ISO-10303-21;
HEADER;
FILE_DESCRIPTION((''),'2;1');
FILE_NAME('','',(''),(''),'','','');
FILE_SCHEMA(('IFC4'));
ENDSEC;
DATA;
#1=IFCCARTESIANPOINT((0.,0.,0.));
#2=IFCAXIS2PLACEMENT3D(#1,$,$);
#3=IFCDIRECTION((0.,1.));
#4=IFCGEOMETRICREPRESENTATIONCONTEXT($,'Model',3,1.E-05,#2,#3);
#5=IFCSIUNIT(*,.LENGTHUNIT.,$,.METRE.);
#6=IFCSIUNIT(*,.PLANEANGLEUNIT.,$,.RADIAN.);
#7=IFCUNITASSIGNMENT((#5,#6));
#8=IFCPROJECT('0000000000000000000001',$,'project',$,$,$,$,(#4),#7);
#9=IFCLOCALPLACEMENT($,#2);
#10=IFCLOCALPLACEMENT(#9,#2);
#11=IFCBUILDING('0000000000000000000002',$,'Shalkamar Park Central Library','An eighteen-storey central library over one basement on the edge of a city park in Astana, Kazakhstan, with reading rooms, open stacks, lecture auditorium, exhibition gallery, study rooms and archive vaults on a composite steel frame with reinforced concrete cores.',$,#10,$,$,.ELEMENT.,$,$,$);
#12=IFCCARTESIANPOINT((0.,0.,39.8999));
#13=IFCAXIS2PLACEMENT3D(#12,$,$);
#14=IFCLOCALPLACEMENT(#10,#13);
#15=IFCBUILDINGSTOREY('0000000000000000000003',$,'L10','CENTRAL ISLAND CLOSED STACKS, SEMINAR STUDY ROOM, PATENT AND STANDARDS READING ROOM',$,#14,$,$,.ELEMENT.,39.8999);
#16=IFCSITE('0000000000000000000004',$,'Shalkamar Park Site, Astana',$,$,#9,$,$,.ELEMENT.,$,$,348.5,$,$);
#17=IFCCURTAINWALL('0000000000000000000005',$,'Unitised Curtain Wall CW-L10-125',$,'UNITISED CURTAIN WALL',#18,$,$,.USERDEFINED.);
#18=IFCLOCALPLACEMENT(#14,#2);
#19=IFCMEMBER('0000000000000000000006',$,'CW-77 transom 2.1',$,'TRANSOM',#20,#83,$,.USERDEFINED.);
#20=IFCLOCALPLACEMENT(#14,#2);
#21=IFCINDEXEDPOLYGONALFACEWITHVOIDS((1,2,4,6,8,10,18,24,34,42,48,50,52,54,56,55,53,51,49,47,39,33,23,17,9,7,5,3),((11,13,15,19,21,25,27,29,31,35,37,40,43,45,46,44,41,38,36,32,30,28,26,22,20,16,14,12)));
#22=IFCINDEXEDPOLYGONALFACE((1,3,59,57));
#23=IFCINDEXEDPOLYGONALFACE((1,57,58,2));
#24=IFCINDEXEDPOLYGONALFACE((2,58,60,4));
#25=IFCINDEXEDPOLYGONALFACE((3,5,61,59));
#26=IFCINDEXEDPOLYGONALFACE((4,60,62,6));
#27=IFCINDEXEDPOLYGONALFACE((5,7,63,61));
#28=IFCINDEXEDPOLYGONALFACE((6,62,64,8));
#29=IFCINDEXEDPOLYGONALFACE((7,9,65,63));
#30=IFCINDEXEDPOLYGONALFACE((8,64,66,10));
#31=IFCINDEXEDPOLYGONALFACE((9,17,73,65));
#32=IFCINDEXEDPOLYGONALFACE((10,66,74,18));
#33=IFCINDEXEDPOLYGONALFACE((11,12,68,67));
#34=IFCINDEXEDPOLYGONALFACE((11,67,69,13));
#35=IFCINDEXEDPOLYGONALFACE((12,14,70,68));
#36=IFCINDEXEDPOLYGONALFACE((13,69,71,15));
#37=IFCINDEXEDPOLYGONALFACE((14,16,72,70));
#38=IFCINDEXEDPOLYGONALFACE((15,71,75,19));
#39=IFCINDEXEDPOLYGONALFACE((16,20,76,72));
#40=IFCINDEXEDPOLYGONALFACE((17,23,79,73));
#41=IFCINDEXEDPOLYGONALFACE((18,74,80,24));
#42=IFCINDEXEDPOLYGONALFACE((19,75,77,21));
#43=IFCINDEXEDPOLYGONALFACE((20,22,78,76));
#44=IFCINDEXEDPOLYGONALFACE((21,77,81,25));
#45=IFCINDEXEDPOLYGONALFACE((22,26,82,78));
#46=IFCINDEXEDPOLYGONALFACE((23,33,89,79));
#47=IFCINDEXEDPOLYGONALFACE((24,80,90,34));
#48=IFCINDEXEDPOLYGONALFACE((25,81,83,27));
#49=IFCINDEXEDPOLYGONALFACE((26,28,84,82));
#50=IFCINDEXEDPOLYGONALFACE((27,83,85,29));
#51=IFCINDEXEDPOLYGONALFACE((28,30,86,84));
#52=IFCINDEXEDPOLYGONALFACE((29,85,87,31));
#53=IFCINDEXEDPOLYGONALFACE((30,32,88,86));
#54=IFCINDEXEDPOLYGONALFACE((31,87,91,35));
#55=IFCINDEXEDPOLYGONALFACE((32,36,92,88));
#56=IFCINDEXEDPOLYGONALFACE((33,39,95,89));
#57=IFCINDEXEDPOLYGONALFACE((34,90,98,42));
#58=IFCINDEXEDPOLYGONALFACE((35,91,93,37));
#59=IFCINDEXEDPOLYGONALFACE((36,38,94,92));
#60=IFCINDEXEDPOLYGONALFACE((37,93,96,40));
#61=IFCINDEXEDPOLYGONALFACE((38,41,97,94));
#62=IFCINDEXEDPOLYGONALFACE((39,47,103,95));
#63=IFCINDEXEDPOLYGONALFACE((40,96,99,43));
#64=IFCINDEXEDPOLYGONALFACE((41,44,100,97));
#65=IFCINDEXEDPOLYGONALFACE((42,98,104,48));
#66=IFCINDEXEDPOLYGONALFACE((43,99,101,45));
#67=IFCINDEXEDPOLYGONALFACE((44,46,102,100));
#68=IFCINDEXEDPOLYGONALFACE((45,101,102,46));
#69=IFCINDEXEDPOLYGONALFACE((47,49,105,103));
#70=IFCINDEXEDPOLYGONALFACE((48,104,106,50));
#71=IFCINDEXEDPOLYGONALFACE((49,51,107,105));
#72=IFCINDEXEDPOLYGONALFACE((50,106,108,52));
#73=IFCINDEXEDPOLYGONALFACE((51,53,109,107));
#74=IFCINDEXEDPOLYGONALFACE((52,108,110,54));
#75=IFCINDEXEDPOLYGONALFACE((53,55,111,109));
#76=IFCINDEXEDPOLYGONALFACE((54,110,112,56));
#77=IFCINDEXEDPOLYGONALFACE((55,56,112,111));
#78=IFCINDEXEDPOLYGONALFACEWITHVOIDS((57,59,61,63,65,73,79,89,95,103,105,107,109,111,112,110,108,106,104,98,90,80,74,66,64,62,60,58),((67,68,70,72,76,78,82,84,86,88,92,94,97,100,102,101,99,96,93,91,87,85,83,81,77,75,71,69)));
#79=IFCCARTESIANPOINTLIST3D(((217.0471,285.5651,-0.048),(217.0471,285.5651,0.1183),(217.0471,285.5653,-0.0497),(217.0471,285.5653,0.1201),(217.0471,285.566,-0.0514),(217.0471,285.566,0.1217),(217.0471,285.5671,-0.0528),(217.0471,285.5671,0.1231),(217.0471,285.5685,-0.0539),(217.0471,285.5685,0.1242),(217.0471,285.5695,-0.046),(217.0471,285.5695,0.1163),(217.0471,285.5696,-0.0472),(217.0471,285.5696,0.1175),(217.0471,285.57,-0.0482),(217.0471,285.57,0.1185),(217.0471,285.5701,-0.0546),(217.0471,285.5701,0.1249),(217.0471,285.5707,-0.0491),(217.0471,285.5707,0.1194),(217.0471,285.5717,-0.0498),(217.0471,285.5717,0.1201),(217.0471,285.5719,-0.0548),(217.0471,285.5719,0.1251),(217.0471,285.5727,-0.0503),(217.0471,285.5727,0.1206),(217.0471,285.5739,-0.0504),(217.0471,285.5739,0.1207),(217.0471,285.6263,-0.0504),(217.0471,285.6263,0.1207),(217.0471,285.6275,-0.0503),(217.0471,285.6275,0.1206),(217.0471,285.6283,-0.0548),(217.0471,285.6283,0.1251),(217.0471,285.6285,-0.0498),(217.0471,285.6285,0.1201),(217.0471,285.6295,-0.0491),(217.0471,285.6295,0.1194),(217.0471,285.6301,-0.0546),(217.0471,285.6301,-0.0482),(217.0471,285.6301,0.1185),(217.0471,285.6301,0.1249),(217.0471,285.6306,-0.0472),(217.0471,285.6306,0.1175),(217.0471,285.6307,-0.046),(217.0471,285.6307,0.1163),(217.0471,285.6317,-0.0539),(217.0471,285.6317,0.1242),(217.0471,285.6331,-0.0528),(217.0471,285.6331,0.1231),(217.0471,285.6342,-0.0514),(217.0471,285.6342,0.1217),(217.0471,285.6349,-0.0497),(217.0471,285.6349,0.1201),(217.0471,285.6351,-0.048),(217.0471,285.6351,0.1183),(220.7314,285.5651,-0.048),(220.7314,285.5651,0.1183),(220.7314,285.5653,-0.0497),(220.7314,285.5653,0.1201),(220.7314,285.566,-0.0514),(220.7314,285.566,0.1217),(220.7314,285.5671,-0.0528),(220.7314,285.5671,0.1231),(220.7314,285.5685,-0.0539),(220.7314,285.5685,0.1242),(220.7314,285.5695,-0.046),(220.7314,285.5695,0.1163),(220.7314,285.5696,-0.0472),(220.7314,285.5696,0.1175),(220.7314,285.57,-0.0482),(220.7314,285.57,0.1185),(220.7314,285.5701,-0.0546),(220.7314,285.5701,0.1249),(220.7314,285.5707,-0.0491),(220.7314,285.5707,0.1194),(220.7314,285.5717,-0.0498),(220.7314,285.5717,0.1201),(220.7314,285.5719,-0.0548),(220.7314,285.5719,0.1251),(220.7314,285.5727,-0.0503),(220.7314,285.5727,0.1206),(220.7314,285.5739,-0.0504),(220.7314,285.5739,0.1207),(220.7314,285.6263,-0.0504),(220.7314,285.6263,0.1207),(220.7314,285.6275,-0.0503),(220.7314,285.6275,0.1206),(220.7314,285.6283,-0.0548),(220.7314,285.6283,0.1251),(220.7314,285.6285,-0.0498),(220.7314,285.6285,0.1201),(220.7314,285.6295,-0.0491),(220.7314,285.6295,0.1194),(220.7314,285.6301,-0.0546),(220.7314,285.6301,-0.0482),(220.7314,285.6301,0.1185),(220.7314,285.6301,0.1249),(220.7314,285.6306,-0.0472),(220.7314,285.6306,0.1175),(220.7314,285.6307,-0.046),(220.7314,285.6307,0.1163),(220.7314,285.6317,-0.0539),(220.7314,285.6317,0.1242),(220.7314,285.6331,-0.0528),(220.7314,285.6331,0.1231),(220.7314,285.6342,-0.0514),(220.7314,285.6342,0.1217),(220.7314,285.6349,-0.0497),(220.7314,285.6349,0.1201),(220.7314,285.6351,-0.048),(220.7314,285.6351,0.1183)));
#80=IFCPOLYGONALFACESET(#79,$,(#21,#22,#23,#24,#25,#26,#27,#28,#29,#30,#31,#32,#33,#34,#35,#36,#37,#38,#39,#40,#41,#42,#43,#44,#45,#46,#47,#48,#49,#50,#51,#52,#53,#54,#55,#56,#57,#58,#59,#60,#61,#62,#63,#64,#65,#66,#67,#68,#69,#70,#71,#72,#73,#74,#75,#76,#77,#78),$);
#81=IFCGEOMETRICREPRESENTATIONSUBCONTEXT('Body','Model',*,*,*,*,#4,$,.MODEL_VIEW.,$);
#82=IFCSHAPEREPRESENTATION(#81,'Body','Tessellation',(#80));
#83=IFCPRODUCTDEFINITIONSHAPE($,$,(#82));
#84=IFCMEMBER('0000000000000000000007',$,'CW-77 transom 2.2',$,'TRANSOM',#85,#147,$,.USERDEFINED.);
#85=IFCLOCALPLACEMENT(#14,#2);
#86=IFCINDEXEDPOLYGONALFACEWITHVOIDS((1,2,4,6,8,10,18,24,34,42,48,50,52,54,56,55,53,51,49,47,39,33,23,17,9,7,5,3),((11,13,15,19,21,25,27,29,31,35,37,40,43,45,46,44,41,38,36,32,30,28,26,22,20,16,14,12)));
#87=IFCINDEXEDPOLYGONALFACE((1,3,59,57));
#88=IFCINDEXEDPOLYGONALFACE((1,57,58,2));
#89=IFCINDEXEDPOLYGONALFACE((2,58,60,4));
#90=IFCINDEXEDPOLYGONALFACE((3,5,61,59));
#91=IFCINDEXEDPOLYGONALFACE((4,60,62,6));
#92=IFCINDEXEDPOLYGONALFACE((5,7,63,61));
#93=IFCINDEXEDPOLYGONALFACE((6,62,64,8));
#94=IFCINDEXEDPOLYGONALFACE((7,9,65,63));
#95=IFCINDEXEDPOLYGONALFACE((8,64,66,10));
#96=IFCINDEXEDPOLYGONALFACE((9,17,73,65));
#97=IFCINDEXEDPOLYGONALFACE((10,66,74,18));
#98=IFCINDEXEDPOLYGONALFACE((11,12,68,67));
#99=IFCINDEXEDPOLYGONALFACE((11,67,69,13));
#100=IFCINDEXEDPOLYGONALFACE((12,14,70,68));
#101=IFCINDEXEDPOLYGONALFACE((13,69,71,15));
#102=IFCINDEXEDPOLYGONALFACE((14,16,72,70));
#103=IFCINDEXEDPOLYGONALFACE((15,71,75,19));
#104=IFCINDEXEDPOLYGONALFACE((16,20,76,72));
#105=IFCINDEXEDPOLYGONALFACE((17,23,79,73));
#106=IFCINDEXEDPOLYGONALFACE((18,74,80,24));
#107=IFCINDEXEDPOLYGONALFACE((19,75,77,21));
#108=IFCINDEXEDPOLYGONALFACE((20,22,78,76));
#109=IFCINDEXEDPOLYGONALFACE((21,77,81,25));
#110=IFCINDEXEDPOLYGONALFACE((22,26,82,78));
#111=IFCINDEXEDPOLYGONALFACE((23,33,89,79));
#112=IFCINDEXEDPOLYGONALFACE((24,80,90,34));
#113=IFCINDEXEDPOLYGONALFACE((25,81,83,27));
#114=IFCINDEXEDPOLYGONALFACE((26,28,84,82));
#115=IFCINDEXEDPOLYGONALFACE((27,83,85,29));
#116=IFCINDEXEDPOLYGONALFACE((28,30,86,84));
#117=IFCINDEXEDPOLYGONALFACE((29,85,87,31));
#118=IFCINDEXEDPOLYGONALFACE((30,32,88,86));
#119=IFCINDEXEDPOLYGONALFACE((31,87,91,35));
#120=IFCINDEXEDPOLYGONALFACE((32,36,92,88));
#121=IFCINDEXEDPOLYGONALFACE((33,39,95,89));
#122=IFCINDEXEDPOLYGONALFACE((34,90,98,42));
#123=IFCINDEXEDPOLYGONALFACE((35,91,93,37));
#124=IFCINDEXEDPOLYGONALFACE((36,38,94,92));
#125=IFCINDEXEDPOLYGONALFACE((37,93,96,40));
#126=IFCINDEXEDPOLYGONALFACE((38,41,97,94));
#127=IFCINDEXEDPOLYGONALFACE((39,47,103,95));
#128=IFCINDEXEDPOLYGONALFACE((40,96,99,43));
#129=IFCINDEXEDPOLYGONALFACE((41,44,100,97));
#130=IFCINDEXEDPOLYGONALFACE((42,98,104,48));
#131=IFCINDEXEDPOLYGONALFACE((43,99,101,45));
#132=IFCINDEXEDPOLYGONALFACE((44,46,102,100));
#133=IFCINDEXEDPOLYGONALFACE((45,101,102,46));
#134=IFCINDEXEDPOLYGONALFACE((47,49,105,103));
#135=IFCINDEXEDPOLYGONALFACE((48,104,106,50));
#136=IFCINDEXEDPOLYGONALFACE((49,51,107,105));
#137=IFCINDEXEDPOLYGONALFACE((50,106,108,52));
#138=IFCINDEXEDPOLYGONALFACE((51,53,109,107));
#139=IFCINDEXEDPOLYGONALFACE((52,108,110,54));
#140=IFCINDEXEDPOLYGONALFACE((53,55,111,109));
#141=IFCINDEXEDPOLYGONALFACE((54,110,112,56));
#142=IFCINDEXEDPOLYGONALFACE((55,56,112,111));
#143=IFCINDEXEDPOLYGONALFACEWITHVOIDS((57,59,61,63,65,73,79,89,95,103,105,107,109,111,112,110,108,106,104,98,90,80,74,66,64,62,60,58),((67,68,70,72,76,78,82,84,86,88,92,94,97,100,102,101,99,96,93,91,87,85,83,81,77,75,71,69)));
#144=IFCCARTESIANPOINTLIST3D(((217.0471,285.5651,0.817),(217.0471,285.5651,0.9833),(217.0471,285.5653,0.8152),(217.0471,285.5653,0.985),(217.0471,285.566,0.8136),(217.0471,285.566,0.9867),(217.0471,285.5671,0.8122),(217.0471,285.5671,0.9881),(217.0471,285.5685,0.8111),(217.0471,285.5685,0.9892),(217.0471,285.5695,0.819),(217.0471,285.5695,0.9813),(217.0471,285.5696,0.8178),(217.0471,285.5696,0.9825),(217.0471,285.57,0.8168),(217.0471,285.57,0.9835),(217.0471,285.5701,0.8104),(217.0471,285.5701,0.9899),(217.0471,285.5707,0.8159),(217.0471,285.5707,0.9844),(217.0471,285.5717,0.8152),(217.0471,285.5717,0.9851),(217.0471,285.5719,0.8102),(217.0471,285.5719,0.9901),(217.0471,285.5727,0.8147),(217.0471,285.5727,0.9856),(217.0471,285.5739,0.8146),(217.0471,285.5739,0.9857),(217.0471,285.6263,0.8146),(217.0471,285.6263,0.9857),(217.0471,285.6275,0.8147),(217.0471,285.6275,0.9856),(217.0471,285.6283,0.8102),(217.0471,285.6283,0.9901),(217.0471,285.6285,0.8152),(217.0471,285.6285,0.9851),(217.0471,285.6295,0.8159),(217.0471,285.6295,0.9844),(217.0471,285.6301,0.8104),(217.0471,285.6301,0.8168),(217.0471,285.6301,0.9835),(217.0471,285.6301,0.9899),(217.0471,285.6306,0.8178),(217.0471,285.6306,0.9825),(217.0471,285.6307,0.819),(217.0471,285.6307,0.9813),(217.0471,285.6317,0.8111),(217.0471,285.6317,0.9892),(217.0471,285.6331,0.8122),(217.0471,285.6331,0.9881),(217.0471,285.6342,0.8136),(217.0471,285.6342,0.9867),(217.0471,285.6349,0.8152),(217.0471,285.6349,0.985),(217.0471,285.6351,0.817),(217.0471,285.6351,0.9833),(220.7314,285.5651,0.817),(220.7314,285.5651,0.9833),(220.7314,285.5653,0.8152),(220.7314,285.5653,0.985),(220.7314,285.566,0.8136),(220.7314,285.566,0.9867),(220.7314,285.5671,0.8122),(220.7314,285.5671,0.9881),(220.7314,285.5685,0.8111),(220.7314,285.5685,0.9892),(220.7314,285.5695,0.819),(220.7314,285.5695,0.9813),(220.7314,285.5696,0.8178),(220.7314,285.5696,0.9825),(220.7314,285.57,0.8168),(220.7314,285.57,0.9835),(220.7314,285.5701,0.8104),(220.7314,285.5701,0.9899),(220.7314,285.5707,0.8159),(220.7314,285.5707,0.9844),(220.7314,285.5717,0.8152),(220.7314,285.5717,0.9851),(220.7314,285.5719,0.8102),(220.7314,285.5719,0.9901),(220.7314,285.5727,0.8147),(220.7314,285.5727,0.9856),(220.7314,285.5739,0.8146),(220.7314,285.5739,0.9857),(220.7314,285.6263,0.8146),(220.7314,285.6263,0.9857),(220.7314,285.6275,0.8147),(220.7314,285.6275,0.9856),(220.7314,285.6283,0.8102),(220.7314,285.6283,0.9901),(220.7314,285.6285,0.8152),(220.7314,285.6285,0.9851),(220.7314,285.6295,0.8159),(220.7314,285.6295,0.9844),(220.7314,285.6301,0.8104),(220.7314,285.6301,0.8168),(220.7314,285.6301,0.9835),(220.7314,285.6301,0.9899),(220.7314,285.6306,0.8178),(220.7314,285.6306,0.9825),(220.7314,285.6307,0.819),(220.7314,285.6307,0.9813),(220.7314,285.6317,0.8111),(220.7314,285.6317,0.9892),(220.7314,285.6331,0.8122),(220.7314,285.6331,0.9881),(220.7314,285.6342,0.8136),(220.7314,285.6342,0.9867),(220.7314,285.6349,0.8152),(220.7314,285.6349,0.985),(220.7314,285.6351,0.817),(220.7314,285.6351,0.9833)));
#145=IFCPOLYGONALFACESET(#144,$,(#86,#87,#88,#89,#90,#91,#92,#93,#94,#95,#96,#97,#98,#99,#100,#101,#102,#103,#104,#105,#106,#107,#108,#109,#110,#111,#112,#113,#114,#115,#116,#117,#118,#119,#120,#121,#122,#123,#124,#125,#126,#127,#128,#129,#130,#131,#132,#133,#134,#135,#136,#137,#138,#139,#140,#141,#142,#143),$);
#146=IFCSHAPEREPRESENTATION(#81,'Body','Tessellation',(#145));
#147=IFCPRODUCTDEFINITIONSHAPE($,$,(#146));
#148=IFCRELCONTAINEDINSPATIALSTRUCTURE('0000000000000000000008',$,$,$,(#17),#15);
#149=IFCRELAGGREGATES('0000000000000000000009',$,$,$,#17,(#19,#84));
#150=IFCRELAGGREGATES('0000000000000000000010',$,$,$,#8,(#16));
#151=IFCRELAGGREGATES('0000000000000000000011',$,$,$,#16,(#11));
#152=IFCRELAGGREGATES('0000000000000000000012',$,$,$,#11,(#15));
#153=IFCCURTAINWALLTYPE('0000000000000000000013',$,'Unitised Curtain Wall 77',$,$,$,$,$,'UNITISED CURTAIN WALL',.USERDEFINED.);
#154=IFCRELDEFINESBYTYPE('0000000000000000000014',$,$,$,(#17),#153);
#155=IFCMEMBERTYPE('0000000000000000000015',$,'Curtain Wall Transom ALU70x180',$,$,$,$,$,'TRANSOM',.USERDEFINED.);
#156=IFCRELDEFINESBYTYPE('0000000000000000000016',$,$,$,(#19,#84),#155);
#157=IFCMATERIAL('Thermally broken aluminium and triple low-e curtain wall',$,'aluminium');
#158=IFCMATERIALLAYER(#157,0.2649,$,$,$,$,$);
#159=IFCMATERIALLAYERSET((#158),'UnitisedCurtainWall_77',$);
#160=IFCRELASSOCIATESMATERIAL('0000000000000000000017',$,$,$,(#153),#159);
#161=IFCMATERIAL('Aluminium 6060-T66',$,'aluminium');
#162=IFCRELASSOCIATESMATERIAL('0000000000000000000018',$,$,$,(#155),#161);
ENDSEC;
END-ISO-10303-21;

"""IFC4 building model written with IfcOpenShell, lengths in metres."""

from ifc_helpers import new_model, si_unit, direction, frame, origin, origin_2d, place, context, subcontext, project, spatial, hollow_rectangle, extrude, material, layer, layer_set, material_profile, profile_set, type_object, element, aggregate, save


model = new_model("IFC4")

# Units and contexts
model_context = context("Model", 3, precision=1e-05, world=origin(), true_north=direction((0.0, 1.0)))
body_context = subcontext(model_context, "Body", "Model", "MODEL_VIEW")
ifc_project = project(units=[si_unit("LENGTHUNIT", "METRE"), si_unit("PLANEANGLEUNIT", "RADIAN")], contexts=[model_context])

# Site, building, storey
site_placement = place(None, origin())
site = spatial("IfcSite", under=ifc_project, at=site_placement, Name="Shalkamar Park Site, Astana", CompositionType="ELEMENT", RefElevation=348.5)
building_placement = place(site_placement, origin())
building = spatial("IfcBuilding", under=site, at=building_placement, Name="Shalkamar Park Central Library", Description="An eighteen-storey central library over one basement on the edge of a city park in Astana, Kazakhstan, with reading rooms, open stacks, lecture auditorium, exhibition gallery, study rooms and archive vaults on a composite steel frame with reinforced concrete cores.", CompositionType="ELEMENT")
storey_placement = place(building_placement, frame((0.0, 0.0, 39.8999)))
storey = spatial("IfcBuildingStorey", under=building, at=storey_placement, Name="L10", Description="CENTRAL ISLAND CLOSED STACKS, SEMINAR STUDY ROOM, PATENT AND STANDARDS READING ROOM", CompositionType="ELEMENT", Elevation=39.8999)

# Shared definitions
ifc_material_1 = material(Name="Thermally broken aluminium and triple low-e curtain wall", Category="aluminium")
ifc_material_2 = material(Name="Aluminium 6060-T66", Category="aluminium")

# Curtain wall
ifc_layer_1 = layer(ifc_material_1, 0.2649)
ifc_layer_set_1 = layer_set([ifc_layer_1], Name="UnitisedCurtainWall_77")
curtain_wall_type_1 = type_object("IfcCurtainWallType", Name="Unitised Curtain Wall 77", ElementType="UNITISED CURTAIN WALL", PredefinedType="USERDEFINED", material=ifc_layer_set_1)
curtain_wall_1_placement = place(storey_placement, origin())
curtain_wall_1 = element("IfcCurtainWall", 1, at=curtain_wall_1_placement, inside=storey, type_object=curtain_wall_type_1, Name="Unitised Curtain Wall CW-L10-125", ObjectType="UNITISED CURTAIN WALL", PredefinedType="USERDEFINED")

# Members
ifc_material_profile_1 = material_profile(ifc_material_2, hollow_rectangle(XDim=0.0701, YDim=0.1799, WallThickness=0.0044, InnerFilletRadius=0.0044, OuterFilletRadius=0.0068, at=origin_2d()), Name="ALU 70x180x4.5")
ifc_profile_set_1 = profile_set([ifc_material_profile_1], Name="Aluminium 6060-T66")
member_type_1 = type_object("IfcMemberType", Name="Curtain Wall Transom ALU70x180", ElementType="TRANSOM", PredefinedType="USERDEFINED", material=ifc_profile_set_1)
member_1_placement = place(storey_placement, frame((217.0471, 285.6001, 0.0352), z_axis=(1.0, 0.0, 0.0), x_axis=(0.0, 1.0, 0.0)))
member_1 = element("IfcMember", 2, at=member_1_placement, type_object=member_type_1, Name="CW-77 transom 2.1", ObjectType="TRANSOM", PredefinedType="USERDEFINED", context=body_context, shape_type="SweptSolid", body=[
    extrude(hollow_rectangle(XDim=0.0701, YDim=0.1799, WallThickness=0.0044, InnerFilletRadius=0.0044, OuterFilletRadius=0.0068, at=origin_2d()), origin(), (0.0, 0.0, 1.0), 3.6843),
])
member_2_placement = place(storey_placement, frame((217.0471, 285.6001, 0.9001), z_axis=(1.0, 0.0, 0.0), x_axis=(0.0, 1.0, 0.0)))
member_2 = element("IfcMember", 3, at=member_2_placement, type_object=member_type_1, Name="CW-77 transom 2.2", ObjectType="TRANSOM", PredefinedType="USERDEFINED", context=body_context, shape_type="SweptSolid", body=[
    extrude(hollow_rectangle(XDim=0.0701, YDim=0.1799, WallThickness=0.0044, InnerFilletRadius=0.0044, OuterFilletRadius=0.0068, at=origin_2d()), origin(), (0.0, 0.0, 1.0), 3.6843),
])

aggregate(curtain_wall_1, [member_1, member_2])

save(model, "model.ifc")
